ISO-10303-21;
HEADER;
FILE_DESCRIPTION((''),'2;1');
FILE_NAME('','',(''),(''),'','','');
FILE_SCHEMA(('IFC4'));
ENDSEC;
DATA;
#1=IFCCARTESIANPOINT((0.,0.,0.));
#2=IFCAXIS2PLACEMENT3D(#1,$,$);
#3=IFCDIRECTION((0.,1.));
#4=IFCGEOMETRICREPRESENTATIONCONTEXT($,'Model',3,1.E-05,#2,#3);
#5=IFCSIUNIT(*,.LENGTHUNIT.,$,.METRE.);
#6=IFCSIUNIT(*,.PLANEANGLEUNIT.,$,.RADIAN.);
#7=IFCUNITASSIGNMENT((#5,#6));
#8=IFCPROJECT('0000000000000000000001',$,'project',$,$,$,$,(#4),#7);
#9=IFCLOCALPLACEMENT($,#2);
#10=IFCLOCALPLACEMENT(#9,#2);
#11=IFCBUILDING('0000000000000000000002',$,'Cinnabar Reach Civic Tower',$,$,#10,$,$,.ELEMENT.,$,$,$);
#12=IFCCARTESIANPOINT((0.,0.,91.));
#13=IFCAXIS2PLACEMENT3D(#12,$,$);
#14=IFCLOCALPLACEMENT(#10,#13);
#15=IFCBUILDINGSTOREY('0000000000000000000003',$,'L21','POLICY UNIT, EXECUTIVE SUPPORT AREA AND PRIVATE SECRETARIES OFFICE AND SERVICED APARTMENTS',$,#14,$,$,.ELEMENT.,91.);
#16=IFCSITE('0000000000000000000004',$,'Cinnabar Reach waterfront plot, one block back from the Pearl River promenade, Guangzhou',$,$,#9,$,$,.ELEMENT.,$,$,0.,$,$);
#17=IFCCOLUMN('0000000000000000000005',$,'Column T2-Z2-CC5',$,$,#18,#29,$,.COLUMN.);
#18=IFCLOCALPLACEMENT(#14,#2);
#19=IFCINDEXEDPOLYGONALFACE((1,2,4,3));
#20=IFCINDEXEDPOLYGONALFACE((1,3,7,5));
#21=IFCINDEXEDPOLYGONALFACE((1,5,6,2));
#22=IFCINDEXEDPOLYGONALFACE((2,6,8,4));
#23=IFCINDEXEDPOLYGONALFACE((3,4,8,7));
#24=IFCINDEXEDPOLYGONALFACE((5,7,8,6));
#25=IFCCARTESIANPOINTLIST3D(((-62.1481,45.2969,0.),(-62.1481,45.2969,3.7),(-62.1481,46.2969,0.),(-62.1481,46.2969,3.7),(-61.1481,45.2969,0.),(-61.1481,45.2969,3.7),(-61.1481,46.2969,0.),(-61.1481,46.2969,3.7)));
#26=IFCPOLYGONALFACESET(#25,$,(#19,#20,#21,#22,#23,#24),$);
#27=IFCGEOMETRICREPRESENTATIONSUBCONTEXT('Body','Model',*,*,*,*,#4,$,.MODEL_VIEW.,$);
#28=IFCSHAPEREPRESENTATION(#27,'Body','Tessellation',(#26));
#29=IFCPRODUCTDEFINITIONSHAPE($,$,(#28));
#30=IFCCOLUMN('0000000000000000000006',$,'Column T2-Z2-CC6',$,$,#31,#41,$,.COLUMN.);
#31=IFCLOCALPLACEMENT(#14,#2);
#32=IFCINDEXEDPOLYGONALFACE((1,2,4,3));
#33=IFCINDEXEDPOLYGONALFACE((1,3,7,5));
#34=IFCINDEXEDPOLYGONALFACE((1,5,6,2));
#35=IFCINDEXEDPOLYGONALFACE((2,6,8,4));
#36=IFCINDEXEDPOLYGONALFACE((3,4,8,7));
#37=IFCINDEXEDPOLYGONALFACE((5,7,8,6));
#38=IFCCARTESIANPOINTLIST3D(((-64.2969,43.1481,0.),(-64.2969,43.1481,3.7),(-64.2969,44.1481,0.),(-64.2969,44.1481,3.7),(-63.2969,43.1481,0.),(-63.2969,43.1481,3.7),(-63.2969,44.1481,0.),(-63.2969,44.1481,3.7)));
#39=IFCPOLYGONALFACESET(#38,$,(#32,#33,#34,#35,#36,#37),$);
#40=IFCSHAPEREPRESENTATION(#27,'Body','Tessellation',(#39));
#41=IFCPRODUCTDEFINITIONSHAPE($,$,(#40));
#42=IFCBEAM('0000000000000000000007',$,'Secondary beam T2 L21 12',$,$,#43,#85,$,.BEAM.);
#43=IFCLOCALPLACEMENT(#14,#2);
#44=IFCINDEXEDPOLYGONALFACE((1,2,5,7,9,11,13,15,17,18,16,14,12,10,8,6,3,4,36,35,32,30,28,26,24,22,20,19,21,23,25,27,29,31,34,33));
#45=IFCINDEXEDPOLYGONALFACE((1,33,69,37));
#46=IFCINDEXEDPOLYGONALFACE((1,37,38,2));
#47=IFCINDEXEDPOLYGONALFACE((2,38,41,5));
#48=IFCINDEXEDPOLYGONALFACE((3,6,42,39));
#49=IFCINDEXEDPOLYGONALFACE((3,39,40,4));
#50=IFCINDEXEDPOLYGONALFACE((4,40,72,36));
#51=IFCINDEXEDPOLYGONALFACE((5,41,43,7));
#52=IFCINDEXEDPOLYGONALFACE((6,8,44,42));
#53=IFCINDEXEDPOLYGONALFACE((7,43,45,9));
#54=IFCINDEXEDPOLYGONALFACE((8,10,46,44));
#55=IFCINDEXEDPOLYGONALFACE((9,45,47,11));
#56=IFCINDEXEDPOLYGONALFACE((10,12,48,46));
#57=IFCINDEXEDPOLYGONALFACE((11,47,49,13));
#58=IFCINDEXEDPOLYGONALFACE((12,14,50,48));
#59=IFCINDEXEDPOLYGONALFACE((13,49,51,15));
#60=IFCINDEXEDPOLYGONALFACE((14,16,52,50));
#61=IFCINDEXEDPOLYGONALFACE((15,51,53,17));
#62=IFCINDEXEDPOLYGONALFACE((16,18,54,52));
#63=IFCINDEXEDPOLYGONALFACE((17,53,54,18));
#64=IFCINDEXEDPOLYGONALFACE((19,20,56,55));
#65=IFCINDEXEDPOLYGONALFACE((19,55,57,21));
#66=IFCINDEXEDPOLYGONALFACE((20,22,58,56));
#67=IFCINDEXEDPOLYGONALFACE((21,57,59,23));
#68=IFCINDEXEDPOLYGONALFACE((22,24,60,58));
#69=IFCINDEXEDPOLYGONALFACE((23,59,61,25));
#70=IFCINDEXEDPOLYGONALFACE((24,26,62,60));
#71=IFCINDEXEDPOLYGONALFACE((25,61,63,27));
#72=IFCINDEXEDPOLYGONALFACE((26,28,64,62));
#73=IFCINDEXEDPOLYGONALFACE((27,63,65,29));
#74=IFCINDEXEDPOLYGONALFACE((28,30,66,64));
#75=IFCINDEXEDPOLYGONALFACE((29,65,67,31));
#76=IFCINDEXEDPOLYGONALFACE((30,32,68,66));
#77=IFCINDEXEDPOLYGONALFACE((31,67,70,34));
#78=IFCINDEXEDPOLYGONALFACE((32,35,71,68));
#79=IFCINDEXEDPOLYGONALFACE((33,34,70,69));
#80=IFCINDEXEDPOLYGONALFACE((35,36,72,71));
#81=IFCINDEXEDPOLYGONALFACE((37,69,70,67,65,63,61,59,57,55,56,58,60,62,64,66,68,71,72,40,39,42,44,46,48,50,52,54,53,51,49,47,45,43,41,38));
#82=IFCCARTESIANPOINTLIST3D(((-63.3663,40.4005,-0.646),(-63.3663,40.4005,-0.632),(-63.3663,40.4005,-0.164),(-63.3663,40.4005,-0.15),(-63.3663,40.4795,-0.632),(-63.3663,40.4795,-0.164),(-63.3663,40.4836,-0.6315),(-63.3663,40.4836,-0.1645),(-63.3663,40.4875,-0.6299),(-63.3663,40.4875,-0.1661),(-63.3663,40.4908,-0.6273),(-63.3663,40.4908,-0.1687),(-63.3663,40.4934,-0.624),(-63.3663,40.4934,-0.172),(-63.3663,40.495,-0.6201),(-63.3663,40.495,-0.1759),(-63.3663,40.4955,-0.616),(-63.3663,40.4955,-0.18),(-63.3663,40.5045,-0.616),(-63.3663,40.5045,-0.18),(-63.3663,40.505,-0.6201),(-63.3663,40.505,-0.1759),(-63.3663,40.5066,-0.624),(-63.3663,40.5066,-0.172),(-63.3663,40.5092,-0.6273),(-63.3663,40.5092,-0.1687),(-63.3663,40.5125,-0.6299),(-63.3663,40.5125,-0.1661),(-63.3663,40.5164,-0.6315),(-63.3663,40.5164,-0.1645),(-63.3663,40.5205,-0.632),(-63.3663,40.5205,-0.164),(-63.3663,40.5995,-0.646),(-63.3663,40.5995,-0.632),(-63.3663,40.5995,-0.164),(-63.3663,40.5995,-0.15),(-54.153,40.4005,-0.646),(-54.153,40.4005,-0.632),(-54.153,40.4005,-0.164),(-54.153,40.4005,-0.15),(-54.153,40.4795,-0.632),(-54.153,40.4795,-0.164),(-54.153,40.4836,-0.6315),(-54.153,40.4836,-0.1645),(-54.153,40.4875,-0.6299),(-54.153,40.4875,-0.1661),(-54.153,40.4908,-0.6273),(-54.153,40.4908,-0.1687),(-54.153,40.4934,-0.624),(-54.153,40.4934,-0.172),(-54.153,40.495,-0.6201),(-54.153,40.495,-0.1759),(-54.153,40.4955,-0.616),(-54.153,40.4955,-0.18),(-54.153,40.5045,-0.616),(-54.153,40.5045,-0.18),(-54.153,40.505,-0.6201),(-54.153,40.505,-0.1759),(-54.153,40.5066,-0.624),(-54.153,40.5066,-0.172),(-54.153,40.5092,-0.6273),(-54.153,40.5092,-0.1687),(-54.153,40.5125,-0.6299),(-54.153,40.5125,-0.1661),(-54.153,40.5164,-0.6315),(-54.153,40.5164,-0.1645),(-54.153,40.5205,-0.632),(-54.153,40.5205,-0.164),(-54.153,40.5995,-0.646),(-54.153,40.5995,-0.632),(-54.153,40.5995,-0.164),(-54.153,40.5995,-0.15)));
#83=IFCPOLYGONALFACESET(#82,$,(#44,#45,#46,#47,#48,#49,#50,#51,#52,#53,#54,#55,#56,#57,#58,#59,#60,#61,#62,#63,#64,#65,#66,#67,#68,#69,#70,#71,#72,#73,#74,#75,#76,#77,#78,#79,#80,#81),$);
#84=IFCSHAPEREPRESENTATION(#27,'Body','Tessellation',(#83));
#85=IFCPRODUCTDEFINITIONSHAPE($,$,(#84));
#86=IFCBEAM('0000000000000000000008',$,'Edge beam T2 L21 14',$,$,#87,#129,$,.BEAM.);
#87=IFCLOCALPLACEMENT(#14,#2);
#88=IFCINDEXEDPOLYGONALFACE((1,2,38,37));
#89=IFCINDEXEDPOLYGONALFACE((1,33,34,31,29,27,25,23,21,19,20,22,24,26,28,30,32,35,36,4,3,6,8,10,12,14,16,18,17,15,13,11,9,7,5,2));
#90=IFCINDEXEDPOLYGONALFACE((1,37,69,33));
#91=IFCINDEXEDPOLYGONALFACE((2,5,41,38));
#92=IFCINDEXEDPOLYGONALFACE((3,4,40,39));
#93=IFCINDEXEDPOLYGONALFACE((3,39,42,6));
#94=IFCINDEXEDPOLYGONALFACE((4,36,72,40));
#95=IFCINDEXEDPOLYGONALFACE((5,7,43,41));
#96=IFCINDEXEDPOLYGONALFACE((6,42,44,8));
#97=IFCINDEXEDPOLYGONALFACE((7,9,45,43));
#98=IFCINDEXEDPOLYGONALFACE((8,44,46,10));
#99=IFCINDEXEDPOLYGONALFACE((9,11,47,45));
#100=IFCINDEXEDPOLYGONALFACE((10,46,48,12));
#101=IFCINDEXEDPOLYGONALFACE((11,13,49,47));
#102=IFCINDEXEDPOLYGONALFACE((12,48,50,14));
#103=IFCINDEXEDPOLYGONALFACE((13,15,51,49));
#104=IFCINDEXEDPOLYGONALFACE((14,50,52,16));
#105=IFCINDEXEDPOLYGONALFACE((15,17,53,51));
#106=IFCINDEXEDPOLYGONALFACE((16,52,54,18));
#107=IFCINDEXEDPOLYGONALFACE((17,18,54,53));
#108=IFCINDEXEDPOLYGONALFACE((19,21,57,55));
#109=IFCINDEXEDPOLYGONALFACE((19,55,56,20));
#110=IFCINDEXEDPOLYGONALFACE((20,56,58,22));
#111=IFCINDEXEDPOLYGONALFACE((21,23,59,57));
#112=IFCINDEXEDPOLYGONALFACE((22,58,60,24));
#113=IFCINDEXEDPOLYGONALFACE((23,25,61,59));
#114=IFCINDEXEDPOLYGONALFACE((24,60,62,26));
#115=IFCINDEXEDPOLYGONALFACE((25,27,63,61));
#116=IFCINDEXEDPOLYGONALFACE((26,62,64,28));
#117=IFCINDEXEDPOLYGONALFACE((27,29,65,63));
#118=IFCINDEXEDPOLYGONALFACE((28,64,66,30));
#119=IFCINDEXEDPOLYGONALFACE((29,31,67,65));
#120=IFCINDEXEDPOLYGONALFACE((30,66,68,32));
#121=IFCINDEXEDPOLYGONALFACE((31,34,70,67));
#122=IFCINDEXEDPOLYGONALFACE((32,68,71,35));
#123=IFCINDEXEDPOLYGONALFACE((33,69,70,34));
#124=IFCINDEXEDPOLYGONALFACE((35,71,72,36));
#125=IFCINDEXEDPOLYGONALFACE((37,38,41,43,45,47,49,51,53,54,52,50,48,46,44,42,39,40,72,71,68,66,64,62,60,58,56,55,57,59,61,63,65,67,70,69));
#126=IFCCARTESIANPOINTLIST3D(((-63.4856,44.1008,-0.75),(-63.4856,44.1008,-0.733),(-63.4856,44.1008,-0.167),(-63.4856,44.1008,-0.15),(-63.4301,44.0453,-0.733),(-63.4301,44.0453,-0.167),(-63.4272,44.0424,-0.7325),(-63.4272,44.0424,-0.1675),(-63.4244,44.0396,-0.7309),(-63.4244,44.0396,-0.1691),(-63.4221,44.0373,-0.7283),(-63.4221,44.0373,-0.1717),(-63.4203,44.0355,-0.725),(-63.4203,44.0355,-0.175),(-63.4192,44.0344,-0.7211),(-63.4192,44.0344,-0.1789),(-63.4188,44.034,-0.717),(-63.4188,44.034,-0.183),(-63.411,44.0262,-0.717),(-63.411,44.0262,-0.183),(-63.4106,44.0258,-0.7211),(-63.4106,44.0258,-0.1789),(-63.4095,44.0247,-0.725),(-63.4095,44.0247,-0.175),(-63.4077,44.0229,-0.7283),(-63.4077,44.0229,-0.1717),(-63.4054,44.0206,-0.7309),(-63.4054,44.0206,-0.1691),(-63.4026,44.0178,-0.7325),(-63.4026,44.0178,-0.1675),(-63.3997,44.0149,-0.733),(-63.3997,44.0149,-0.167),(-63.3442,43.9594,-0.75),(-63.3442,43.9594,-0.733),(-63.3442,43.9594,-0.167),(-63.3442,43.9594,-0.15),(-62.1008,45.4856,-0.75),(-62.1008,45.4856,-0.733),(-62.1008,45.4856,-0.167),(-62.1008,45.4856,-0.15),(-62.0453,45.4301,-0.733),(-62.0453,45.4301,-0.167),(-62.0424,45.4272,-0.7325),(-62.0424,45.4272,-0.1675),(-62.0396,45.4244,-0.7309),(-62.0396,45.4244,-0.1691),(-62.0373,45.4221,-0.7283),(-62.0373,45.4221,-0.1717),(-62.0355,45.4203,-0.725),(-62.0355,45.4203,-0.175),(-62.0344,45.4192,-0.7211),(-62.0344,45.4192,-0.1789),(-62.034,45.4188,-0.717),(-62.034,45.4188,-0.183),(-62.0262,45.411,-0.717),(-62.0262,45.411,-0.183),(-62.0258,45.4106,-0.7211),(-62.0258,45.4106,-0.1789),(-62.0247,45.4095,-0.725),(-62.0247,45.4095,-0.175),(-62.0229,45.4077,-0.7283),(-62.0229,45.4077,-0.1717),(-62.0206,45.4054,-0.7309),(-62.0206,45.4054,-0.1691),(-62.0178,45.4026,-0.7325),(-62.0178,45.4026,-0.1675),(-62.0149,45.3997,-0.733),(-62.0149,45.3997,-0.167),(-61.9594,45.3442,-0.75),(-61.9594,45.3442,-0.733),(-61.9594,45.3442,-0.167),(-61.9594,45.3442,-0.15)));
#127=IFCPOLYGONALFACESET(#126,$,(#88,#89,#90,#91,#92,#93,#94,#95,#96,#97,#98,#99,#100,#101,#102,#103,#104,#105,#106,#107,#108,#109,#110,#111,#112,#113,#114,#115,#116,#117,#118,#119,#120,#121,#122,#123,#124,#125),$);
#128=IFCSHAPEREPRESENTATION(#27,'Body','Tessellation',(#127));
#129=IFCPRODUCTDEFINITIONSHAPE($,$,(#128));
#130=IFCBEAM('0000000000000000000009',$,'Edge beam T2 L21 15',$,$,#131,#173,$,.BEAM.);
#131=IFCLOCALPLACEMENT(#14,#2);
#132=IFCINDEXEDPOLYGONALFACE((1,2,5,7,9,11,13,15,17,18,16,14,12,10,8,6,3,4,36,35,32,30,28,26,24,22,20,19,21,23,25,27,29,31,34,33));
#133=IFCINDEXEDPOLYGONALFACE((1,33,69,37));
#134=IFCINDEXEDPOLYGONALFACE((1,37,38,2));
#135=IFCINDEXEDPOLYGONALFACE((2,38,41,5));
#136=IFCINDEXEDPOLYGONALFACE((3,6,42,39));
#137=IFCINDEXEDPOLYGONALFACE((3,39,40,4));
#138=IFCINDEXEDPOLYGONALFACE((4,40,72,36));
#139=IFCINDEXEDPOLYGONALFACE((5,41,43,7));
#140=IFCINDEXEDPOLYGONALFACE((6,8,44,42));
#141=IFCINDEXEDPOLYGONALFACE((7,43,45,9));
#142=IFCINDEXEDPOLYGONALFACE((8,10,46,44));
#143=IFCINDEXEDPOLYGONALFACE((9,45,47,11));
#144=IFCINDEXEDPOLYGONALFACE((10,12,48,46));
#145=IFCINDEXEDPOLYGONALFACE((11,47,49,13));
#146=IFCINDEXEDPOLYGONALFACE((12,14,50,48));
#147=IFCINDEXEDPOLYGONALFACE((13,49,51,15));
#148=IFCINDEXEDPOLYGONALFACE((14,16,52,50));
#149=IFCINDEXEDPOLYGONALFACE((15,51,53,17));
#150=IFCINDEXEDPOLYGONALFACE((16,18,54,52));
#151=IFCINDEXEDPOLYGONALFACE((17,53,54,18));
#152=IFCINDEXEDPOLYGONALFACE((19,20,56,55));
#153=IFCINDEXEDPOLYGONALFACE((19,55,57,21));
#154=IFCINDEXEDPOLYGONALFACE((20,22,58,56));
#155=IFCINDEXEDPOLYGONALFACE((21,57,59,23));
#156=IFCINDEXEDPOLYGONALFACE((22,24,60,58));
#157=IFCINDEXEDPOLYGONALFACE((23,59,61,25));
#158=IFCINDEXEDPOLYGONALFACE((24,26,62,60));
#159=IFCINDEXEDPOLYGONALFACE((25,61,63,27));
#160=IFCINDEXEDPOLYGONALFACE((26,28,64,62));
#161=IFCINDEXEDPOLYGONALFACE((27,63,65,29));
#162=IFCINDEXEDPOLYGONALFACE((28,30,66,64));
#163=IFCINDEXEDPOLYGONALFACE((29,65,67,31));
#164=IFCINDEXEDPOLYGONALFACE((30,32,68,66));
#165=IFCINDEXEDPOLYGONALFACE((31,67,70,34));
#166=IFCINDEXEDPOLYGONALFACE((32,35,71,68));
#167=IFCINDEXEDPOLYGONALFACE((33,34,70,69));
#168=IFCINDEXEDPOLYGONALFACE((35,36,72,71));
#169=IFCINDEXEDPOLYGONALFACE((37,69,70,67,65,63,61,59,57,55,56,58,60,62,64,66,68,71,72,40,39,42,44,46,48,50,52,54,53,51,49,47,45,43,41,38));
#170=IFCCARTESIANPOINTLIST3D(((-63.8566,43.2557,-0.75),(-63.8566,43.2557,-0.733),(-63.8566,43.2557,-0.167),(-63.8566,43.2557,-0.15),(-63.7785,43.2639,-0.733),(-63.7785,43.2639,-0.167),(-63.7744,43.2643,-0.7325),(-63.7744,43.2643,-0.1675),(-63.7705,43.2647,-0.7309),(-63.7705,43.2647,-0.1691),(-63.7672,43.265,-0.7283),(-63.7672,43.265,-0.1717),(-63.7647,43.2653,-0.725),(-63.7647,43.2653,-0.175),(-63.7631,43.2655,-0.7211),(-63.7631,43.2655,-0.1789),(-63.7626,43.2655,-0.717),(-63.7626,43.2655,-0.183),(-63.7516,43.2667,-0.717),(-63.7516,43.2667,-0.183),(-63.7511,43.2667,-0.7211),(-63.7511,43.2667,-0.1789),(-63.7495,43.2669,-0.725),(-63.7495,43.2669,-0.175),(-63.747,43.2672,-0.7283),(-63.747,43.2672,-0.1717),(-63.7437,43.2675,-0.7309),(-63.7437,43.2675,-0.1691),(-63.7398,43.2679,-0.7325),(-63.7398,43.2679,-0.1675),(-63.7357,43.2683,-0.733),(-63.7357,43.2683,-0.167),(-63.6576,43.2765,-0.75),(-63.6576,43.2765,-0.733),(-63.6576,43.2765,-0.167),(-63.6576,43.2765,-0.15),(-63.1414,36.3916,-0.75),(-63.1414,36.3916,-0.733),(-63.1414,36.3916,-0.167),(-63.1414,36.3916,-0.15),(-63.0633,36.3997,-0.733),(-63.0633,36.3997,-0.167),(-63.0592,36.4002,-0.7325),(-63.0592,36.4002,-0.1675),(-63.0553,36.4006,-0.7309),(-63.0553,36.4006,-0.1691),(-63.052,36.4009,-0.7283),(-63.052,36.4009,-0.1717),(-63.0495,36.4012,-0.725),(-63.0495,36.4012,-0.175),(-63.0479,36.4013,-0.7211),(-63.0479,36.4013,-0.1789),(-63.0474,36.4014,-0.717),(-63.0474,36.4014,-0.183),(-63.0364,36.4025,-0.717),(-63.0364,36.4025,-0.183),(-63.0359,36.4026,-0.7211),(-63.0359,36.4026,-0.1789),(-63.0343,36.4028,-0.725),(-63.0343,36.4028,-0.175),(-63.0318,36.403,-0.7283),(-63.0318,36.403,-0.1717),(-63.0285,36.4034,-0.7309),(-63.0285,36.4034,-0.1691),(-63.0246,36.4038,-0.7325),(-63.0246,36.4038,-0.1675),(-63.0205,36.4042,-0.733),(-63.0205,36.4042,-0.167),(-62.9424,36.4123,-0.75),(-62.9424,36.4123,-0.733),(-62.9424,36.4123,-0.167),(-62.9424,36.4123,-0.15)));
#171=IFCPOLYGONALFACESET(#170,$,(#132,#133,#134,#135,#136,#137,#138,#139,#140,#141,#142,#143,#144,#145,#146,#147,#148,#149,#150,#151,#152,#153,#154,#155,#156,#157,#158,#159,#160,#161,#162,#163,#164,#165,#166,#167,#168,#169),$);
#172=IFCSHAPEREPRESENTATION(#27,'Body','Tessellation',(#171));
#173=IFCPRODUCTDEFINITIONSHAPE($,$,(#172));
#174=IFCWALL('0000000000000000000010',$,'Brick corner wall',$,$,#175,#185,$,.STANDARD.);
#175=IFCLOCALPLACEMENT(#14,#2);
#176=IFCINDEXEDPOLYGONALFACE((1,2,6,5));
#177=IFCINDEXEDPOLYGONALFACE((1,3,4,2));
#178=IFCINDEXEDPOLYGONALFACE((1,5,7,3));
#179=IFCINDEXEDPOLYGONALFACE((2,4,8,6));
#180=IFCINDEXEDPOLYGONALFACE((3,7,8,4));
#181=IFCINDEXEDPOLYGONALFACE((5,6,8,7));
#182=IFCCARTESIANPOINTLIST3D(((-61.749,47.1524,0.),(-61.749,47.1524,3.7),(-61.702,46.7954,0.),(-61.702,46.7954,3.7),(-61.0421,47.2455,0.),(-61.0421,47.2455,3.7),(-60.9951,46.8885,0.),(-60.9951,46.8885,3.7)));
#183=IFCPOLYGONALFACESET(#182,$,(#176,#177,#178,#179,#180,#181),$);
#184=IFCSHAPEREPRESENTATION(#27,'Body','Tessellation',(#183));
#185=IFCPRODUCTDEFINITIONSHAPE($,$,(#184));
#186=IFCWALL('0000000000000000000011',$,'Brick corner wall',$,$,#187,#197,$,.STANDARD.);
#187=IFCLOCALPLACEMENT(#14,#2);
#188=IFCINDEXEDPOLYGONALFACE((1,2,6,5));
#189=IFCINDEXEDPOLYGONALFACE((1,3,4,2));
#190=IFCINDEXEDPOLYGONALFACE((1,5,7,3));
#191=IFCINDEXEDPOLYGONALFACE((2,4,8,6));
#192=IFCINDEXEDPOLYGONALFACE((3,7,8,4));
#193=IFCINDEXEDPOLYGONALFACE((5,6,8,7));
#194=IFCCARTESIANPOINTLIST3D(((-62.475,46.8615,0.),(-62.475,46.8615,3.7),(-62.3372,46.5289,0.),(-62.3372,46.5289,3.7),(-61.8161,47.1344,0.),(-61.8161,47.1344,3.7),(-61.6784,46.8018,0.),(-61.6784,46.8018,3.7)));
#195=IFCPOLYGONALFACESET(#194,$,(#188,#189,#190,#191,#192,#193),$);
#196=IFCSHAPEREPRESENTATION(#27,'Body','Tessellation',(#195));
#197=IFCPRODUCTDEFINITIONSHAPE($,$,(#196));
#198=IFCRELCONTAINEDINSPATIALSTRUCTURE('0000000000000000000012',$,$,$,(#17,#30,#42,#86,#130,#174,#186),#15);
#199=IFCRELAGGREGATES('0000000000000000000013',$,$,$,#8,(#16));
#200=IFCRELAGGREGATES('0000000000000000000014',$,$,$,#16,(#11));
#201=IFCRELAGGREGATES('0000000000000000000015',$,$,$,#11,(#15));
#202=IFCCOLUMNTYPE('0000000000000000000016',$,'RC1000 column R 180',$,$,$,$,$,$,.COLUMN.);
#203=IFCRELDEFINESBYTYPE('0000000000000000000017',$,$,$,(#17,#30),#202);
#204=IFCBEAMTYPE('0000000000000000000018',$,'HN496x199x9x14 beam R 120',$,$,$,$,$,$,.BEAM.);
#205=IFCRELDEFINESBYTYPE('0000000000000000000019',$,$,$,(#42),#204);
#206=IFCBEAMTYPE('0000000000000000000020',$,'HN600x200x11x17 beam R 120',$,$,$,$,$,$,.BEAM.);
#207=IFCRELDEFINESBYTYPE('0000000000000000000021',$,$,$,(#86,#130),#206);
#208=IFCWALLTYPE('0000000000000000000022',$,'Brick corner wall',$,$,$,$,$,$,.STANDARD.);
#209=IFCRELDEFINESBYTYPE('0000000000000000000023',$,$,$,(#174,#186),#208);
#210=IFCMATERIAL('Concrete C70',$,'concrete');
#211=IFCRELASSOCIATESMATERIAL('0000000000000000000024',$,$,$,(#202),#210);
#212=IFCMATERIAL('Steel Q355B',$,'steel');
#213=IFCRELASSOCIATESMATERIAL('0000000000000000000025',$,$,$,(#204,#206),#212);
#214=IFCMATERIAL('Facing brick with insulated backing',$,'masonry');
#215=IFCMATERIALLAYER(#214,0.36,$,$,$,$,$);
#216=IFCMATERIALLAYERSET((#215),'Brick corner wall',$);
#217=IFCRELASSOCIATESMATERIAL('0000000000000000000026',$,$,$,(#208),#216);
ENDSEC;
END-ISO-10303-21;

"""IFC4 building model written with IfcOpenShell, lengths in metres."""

from ifc_helpers import new_model, si_unit, direction, frame, frame_2d, origin, origin_2d, place, context, subcontext, project, spatial, rectangle, i_section, extrude, material, layer, layer_set, material_profile, profile_set, type_object, element, save


model = new_model("IFC4")

# Units and contexts
model_context = context("Model", 3, precision=1e-05, world=origin(), true_north=direction((0.0, 1.0)))
body_context = subcontext(model_context, "Body", "Model", "MODEL_VIEW")
ifc_project = project(units=[si_unit("LENGTHUNIT", "METRE"), si_unit("PLANEANGLEUNIT", "RADIAN")], contexts=[model_context])

# Site, building, storey
site_placement = place(None, origin())
site = spatial("IfcSite", under=ifc_project, at=site_placement, Name="Cinnabar Reach waterfront plot, one block back from the Pearl River promenade, Guangzhou", CompositionType="ELEMENT", RefElevation=0.0)
building_placement = place(site_placement, origin())
building = spatial("IfcBuilding", under=site, at=building_placement, Name="Cinnabar Reach Civic Tower", CompositionType="ELEMENT")
storey_placement = place(building_placement, frame((0.0, 0.0, 91.0)))
storey = spatial("IfcBuildingStorey", under=building, at=storey_placement, Name="L21", Description="POLICY UNIT, EXECUTIVE SUPPORT AREA AND PRIVATE SECRETARIES OFFICE AND SERVICED APARTMENTS", CompositionType="ELEMENT", Elevation=91.0)

# Columns
ifc_material_1 = material(Name="Concrete C70", Category="concrete")
ifc_material_profile_1 = material_profile(ifc_material_1, rectangle(XDim=1.0, YDim=1.0, at=origin_2d()), Name="RC1000")
ifc_profile_set_1 = profile_set([ifc_material_profile_1], Name="Concrete C70")
column_type = type_object("IfcColumnType", Name="RC1000 column R 180", PredefinedType="COLUMN", material=ifc_profile_set_1)
for number, where, z_axis, x_axis, name in (
    (1, (-61.6481, 45.7969, 0.0), (0.0, 0.0, 1.0), (1.0, 0.0, 0.0), "Column T2-Z2-CC5"),
    (2, (-63.7969, 43.6481, 0.0), (0.0, 0.0, 1.0), (1.0, 0.0, 0.0), "Column T2-Z2-CC6"),
):
    element("IfcColumn", number, at=place(storey_placement, frame(where, z_axis=z_axis, x_axis=x_axis)), inside=storey, type_object=column_type, Name=name, PredefinedType="COLUMN", context=body_context, shape_type="SweptSolid", body=[
        extrude(rectangle(XDim=1.0, YDim=1.0, at=origin_2d()), origin(), (0.0, 0.0, 1.0), 3.7),
    ])

# Beams
ifc_material_2 = material(Name="Steel Q355B", Category="steel")
ifc_material_profile_2 = material_profile(ifc_material_2, i_section(OverallWidth=0.199, OverallDepth=0.496, WebThickness=0.009, FlangeThickness=0.014, FilletRadius=0.016, at=origin_2d()), Name="HN496x199x9x14")
ifc_profile_set_2 = profile_set([ifc_material_profile_2], Name="Steel Q355B")
beam_type_1 = type_object("IfcBeamType", Name="HN496x199x9x14 beam R 120", PredefinedType="BEAM", material=ifc_profile_set_2)
beam_1_placement = place(storey_placement, frame((-63.3663, 40.5, -0.398), z_axis=(1.0, 0.0, 0.0), x_axis=(0.0, 1.0, 0.0)))
element("IfcBeam", 3, at=beam_1_placement, inside=storey, type_object=beam_type_1, Name="Secondary beam T2 L21 12", PredefinedType="BEAM", context=body_context, shape_type="SweptSolid", body=[
    extrude(i_section(OverallWidth=0.199, OverallDepth=0.496, WebThickness=0.009, FlangeThickness=0.014, FilletRadius=0.016, at=origin_2d()), origin(), (0.0, 0.0, 1.0), 9.2133),
])
ifc_material_profile_3 = material_profile(ifc_material_2, i_section(OverallWidth=0.2, OverallDepth=0.6, WebThickness=0.011, FlangeThickness=0.017, FilletRadius=0.016, at=origin_2d()), Name="HN600x200x11x17")
ifc_profile_set_3 = profile_set([ifc_material_profile_3], Name="Steel Q355B")
beam_type_2 = type_object("IfcBeamType", Name="HN600x200x11x17 beam R 120", PredefinedType="BEAM", material=ifc_profile_set_3)
beam_2_placement = place(storey_placement, frame((-62.0301, 45.4149, -0.45), z_axis=(-0.707107, -0.707107, 0.0), x_axis=(0.707107, -0.707107, 0.0)))
element("IfcBeam", 4, at=beam_2_placement, inside=storey, type_object=beam_type_2, Name="Edge beam T2 L21 14", PredefinedType="BEAM", context=body_context, shape_type="SweptSolid", body=[
    extrude(i_section(OverallWidth=0.2, OverallDepth=0.6, WebThickness=0.011, FlangeThickness=0.017, FilletRadius=0.016, at=origin_2d()), origin(), (0.0, 0.0, 1.0), 1.9584),
])
beam_3_placement = place(storey_placement, frame((-63.7571, 43.2661, -0.45), z_axis=(0.103633, -0.994616, 0.0), x_axis=(0.994616, 0.103633, 0.0)))
element("IfcBeam", 5, at=beam_3_placement, inside=storey, type_object=beam_type_2, Name="Edge beam T2 L21 15", PredefinedType="BEAM", context=body_context, shape_type="SweptSolid", body=[
    extrude(i_section(OverallWidth=0.2, OverallDepth=0.6, WebThickness=0.011, FlangeThickness=0.017, FilletRadius=0.016, at=origin_2d()), origin(), (0.0, 0.0, 1.0), 6.9013),
])

# Walls
ifc_material_3 = material(Name="Facing brick with insulated backing", Category="masonry")
ifc_layer_1 = layer(ifc_material_3, 0.36)
ifc_layer_set_1 = layer_set([ifc_layer_1], Name="Brick corner wall")
wall_type_1 = type_object("IfcWallType", Name="Brick corner wall", PredefinedType="STANDARD", material=ifc_layer_set_1)
for number, where, z_axis, x_axis, name in (
    (6, (-61.0186, 47.067, 0.0), (0.0, 0.0, 1.0), (-0.991441, -0.130556, 0.0), "Brick corner wall"),
    (7, (-61.7473, 46.9681, 0.0), (0.0, 0.0, 1.0), (-0.923872, -0.382703, 0.0), "Brick corner wall"),
):
    element("IfcWall", number, at=place(storey_placement, frame(where, z_axis=z_axis, x_axis=x_axis)), inside=storey, type_object=wall_type_1, Name=name, PredefinedType="STANDARD", context=body_context, shape_type="SweptSolid", body=[
        extrude(rectangle(XDim=0.7131, YDim=0.36, at=frame_2d((0.3565, 0.0))), origin(), (0.0, 0.0, 1.0), 3.7),
    ])

save(model, "model.ifc")
